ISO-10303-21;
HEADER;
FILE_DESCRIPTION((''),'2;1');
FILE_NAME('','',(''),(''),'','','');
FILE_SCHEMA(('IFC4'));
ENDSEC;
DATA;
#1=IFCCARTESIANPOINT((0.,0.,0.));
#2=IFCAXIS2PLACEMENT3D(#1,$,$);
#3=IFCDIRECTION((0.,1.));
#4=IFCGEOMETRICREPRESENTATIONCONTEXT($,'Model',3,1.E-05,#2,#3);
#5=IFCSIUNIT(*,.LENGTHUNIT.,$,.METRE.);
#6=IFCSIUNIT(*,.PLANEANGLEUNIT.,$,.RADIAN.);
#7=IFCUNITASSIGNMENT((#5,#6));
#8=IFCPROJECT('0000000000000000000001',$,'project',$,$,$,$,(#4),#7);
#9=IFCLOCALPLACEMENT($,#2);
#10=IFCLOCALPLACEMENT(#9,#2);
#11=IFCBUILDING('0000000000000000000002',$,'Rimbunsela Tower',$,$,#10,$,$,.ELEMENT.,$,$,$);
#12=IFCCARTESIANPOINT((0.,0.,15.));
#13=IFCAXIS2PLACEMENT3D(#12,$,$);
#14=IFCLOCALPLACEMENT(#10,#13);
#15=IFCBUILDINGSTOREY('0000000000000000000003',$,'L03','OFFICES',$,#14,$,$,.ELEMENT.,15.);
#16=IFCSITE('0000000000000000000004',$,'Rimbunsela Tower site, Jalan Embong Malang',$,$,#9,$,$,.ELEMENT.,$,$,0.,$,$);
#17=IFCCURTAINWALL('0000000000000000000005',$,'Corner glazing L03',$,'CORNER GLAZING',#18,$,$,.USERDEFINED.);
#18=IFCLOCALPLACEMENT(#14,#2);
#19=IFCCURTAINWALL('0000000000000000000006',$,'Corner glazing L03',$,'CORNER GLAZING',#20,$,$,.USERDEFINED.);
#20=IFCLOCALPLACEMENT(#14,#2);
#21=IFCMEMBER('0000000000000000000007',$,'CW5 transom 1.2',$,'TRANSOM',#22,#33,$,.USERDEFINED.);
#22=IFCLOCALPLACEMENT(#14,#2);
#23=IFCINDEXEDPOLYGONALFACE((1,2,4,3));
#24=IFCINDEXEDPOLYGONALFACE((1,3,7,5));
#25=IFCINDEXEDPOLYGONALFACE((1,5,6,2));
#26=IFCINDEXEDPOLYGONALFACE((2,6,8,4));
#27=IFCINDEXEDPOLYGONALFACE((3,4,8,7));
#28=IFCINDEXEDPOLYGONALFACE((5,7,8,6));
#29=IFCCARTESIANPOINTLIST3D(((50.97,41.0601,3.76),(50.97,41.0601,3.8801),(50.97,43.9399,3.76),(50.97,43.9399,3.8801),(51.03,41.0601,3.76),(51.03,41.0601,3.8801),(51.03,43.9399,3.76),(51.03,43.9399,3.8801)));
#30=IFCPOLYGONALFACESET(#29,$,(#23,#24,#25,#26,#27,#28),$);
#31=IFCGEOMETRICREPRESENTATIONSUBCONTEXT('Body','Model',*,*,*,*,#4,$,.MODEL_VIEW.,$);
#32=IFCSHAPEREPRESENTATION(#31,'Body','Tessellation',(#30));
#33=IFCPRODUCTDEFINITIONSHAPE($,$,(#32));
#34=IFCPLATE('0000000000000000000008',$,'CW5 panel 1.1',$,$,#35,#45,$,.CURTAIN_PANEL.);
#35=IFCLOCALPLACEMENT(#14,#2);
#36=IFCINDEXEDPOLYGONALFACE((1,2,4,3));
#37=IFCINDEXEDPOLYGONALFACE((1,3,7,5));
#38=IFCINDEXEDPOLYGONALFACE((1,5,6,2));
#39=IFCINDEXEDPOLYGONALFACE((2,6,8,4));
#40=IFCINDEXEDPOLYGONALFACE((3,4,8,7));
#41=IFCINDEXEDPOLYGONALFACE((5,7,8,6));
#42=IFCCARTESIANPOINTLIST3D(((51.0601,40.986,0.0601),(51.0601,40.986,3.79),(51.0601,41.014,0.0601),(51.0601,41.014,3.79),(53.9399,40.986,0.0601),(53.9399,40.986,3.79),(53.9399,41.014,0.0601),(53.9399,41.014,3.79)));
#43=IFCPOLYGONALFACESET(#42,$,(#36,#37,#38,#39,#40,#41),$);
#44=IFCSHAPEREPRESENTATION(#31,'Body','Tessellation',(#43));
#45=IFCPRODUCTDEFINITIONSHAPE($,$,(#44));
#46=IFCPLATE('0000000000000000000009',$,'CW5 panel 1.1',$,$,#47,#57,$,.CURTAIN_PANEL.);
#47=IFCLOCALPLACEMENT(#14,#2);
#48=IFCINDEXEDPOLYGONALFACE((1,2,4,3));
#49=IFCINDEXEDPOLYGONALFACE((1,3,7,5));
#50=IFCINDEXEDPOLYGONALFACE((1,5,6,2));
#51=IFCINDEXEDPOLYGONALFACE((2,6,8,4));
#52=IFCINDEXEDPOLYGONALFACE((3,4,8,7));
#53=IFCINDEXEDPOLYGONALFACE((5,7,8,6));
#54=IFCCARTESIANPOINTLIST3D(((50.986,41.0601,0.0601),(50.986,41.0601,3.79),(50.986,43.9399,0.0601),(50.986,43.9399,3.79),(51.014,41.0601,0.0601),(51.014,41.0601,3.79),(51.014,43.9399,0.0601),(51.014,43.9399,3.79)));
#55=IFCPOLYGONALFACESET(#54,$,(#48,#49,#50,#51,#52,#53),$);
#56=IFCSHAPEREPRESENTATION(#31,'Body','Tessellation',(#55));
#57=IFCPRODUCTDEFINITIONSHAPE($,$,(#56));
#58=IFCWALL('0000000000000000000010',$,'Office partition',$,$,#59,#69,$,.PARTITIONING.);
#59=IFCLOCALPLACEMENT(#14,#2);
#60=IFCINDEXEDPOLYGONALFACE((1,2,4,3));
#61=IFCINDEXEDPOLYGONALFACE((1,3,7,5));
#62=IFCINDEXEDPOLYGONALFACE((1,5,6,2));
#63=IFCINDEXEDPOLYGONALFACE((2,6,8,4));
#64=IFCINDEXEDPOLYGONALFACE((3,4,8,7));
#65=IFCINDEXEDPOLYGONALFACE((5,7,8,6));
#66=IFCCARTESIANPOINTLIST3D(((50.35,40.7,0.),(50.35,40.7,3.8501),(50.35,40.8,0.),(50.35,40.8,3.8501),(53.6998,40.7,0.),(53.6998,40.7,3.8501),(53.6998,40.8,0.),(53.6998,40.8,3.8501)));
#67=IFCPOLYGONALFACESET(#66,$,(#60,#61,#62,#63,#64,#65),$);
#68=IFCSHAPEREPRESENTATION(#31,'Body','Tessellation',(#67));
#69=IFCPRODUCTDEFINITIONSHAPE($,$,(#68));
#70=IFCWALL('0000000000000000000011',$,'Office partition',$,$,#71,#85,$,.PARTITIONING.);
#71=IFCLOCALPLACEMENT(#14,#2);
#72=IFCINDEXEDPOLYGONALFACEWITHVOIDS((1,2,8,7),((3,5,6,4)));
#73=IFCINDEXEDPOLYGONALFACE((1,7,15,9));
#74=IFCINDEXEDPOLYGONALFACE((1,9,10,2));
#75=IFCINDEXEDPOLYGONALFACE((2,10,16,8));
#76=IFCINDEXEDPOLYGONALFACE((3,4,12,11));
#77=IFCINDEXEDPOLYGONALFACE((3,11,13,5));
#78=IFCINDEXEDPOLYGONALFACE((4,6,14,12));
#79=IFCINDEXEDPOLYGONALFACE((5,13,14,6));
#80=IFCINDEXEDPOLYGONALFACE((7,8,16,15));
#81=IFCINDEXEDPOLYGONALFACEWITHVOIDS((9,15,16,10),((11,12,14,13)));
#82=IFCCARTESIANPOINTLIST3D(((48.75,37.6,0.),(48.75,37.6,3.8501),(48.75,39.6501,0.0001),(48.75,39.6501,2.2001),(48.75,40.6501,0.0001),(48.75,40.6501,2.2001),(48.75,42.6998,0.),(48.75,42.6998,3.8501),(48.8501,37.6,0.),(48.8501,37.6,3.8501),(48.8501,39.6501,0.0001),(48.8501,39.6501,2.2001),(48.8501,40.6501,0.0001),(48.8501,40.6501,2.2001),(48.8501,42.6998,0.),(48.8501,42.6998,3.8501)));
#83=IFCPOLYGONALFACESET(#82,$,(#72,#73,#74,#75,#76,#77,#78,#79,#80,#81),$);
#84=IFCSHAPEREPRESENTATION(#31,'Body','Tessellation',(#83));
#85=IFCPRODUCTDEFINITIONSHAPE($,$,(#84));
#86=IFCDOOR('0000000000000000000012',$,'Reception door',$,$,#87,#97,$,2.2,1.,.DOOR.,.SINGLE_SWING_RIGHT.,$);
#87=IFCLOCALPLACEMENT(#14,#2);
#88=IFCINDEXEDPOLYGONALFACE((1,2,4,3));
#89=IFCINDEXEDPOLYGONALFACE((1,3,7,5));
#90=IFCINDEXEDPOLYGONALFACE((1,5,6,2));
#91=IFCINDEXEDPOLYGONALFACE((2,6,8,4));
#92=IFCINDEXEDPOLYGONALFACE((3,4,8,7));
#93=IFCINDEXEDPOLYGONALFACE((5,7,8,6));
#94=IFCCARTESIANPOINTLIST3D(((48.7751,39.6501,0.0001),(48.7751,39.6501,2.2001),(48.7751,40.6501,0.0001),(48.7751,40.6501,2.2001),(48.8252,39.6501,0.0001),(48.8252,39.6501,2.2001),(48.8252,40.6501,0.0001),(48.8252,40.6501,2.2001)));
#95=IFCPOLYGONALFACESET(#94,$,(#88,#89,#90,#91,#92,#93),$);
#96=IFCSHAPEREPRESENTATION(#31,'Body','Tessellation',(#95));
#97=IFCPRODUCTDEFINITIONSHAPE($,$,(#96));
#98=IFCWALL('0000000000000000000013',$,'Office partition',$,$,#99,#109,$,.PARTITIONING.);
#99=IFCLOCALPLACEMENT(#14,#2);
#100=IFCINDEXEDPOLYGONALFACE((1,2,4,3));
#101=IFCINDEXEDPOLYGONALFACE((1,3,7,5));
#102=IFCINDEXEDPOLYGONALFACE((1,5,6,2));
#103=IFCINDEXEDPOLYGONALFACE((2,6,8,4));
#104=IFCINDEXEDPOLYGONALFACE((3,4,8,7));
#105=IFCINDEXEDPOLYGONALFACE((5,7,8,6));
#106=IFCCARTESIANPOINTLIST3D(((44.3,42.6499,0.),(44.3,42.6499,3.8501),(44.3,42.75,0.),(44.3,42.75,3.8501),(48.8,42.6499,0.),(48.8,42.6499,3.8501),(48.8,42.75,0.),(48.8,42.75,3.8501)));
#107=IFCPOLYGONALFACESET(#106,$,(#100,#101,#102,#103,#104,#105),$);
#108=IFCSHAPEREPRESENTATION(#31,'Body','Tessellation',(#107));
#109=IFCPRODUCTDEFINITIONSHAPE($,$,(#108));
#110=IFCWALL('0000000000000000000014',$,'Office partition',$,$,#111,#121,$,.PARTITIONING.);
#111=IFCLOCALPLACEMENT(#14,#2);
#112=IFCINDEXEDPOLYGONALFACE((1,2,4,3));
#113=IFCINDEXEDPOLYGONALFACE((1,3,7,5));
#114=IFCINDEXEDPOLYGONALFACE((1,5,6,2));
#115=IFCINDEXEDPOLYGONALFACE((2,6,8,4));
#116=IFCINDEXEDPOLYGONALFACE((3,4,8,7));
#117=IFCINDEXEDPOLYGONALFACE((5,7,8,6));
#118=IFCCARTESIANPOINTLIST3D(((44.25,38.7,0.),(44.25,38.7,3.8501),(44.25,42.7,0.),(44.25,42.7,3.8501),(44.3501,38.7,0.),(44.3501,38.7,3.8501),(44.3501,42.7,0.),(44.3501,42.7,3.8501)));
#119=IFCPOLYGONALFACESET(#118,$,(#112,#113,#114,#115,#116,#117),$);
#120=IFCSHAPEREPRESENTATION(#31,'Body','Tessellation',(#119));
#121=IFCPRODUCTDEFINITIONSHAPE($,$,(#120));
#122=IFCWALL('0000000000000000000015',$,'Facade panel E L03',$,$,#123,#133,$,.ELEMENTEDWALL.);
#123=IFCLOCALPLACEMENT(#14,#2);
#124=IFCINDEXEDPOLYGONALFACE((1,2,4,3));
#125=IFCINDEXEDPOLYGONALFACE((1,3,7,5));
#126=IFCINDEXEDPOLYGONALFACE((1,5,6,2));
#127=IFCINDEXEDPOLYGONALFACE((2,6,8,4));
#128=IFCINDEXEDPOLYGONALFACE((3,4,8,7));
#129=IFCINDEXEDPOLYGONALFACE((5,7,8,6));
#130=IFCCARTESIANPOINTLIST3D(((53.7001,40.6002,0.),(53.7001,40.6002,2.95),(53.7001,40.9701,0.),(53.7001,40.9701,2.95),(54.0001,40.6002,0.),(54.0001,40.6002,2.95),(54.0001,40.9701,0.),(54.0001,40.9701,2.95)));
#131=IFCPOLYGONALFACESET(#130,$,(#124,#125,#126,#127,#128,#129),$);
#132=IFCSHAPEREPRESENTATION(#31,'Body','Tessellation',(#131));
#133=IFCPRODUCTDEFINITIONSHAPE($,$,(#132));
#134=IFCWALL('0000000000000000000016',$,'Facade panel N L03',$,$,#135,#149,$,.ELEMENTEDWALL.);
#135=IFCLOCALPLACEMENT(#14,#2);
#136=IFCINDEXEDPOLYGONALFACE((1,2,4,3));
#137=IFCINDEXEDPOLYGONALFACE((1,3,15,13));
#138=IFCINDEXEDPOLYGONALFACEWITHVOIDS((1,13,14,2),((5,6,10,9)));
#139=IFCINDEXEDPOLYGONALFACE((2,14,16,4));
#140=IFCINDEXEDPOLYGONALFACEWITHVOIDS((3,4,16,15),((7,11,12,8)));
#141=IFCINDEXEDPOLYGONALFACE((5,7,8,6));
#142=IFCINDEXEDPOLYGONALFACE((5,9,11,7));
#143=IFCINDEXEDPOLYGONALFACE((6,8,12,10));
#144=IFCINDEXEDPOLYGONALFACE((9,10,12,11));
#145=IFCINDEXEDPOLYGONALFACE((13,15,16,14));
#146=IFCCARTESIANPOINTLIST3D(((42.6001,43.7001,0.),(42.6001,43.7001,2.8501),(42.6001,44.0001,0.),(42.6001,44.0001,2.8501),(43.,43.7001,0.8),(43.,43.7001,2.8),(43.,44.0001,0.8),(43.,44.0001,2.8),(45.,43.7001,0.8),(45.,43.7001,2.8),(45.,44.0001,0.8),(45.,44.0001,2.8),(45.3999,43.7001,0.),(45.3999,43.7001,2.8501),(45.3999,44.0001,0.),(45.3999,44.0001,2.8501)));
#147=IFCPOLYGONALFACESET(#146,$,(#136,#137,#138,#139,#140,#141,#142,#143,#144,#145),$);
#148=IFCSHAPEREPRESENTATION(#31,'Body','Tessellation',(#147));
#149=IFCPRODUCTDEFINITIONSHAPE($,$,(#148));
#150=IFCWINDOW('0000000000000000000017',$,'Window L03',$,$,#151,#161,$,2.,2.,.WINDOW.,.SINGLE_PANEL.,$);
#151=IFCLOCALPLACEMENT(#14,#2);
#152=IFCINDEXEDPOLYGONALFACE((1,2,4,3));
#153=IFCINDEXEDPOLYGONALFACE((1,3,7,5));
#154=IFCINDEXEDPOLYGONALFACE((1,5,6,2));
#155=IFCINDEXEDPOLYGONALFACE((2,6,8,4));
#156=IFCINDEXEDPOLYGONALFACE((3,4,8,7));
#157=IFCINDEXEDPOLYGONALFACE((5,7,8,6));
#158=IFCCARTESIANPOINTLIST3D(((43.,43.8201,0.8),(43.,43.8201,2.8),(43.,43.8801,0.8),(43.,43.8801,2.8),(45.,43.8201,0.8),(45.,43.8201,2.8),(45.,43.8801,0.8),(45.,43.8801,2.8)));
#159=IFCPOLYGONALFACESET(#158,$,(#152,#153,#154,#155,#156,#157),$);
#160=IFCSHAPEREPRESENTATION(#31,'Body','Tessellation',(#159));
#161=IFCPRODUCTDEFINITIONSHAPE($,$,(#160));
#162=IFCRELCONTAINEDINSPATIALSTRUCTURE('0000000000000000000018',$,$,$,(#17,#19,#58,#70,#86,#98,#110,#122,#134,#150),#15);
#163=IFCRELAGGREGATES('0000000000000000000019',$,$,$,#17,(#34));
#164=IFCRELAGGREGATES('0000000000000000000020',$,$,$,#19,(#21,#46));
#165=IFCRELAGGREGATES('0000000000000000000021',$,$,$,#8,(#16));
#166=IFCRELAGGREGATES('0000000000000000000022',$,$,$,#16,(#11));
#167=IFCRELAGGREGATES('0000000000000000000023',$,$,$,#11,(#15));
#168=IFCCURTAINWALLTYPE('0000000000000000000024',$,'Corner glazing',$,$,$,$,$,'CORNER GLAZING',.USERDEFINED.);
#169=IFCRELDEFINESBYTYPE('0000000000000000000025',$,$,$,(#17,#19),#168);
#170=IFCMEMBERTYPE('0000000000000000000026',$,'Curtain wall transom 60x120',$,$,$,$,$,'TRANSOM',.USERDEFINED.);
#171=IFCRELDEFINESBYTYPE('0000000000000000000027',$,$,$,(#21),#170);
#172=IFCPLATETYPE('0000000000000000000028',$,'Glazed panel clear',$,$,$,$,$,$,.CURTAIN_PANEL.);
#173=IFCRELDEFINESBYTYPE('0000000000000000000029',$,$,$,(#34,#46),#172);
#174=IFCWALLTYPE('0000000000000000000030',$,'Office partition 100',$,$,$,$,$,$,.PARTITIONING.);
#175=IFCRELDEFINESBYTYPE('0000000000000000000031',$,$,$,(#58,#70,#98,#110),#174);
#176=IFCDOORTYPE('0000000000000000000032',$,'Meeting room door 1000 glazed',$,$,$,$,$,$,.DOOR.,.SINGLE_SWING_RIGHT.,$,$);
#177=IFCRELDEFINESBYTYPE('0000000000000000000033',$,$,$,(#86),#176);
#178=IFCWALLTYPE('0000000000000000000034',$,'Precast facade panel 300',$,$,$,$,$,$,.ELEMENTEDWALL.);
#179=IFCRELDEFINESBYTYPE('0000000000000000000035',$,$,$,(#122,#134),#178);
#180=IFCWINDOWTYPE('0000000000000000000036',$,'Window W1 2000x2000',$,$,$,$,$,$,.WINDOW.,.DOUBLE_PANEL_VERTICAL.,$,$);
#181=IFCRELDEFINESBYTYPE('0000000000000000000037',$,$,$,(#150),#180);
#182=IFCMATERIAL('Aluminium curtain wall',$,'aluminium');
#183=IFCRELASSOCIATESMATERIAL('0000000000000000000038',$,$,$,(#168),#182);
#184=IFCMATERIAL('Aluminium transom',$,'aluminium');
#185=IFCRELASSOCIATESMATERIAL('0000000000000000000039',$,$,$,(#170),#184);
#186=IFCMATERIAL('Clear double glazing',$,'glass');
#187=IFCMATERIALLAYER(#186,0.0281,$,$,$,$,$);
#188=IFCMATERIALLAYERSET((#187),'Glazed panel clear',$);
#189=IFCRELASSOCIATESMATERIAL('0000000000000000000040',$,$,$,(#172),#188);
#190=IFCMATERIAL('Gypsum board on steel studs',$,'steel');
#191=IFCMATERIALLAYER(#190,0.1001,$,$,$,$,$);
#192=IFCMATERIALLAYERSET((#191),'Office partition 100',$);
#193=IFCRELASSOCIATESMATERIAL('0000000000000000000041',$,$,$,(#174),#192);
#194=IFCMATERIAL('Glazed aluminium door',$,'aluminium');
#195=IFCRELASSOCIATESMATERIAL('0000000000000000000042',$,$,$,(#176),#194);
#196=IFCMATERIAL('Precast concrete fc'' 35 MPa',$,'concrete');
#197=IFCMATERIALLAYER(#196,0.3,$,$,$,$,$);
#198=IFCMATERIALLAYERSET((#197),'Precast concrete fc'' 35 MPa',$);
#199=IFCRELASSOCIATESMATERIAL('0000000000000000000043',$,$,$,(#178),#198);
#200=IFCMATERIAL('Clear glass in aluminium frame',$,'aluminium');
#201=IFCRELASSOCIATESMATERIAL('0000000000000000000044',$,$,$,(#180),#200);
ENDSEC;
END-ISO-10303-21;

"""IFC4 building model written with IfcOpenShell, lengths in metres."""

from ifc_helpers import new_model, si_unit, direction, frame, frame_2d, origin, origin_2d, place, context, subcontext, project, spatial, rectangle, extrude, material, layer, layer_set, material_profile, profile_set, type_object, element, fill, aggregate, save


model = new_model("IFC4")

# Units and contexts
model_context = context("Model", 3, precision=1e-05, world=origin(), true_north=direction((0.0, 1.0)))
body_context = subcontext(model_context, "Body", "Model", "MODEL_VIEW")
ifc_project = project(units=[si_unit("LENGTHUNIT", "METRE"), si_unit("PLANEANGLEUNIT", "RADIAN")], contexts=[model_context])

# Site, building, storey
site_placement = place(None, origin())
site = spatial("IfcSite", under=ifc_project, at=site_placement, Name="Rimbunsela Tower site, Jalan Embong Malang", CompositionType="ELEMENT", RefElevation=0.0)
building_placement = place(site_placement, origin())
building = spatial("IfcBuilding", under=site, at=building_placement, Name="Rimbunsela Tower", CompositionType="ELEMENT")
storey_placement = place(building_placement, frame((0.0, 0.0, 15.0)))
storey = spatial("IfcBuildingStorey", under=building, at=storey_placement, Name="L03", Description="OFFICES", CompositionType="ELEMENT", Elevation=15.0)

# Curtain walls
ifc_material_1 = material(Name="Aluminium curtain wall", Category="aluminium")
curtain_wall_type = type_object("IfcCurtainWallType", Name="Corner glazing", ElementType="CORNER GLAZING", PredefinedType="USERDEFINED", material=ifc_material_1)
curtain_wall_1_placement = place(storey_placement, origin())
curtain_wall_1 = element("IfcCurtainWall", 1, at=curtain_wall_1_placement, inside=storey, type_object=curtain_wall_type, Name="Corner glazing L03", ObjectType="CORNER GLAZING", PredefinedType="USERDEFINED")
curtain_wall_2_placement = place(storey_placement, origin())
curtain_wall_2 = element("IfcCurtainWall", 2, at=curtain_wall_2_placement, inside=storey, type_object=curtain_wall_type, Name="Corner glazing L03", ObjectType="CORNER GLAZING", PredefinedType="USERDEFINED")

# Member
ifc_material_2 = material(Name="Aluminium transom", Category="aluminium")
ifc_material_profile_1 = material_profile(ifc_material_2, rectangle(XDim=0.0601, YDim=0.1201, at=origin_2d()), Name="Transom 60x120")
ifc_profile_set_1 = profile_set([ifc_material_profile_1], Name="Aluminium transom")
member_type_1 = type_object("IfcMemberType", Name="Curtain wall transom 60x120", ElementType="TRANSOM", PredefinedType="USERDEFINED", material=ifc_profile_set_1)
member_1_placement = place(storey_placement, frame((51.0, 41.0601, 3.8201), z_axis=(0.0, 1.0, 0.0), x_axis=(-1.0, 0.0, 0.0)))
member_1 = element("IfcMember", 3, at=member_1_placement, type_object=member_type_1, Name="CW5 transom 1.2", ObjectType="TRANSOM", PredefinedType="USERDEFINED", context=body_context, shape_type="SweptSolid", body=[
    extrude(rectangle(XDim=0.0601, YDim=0.1201, at=origin_2d()), origin(), (0.0, 0.0, 1.0), 2.8799),
])

# Plates
ifc_material_3 = material(Name="Clear double glazing", Category="glass")
ifc_layer_1 = layer(ifc_material_3, 0.0281)
ifc_layer_set_1 = layer_set([ifc_layer_1], Name="Glazed panel clear")
plate_type = type_object("IfcPlateType", Name="Glazed panel clear", PredefinedType="CURTAIN_PANEL", material=ifc_layer_set_1)
plate_1_placement = place(storey_placement, frame((52.5, 41.0, 0.0601), z_axis=(0.0, 0.0, 1.0), x_axis=(-1.0, 0.0, 0.0)))
plate_1 = element("IfcPlate", 4, at=plate_1_placement, type_object=plate_type, Name="CW5 panel 1.1", PredefinedType="CURTAIN_PANEL", context=body_context, shape_type="SweptSolid", body=[
    extrude(rectangle(XDim=2.8799, YDim=0.0281, at=origin_2d()), origin(), (0.0, 0.0, 1.0), 3.73),
])
aggregate(curtain_wall_1, [plate_1])
plate_2_placement = place(storey_placement, frame((51.0, 42.5, 0.0601), z_axis=(0.0, 0.0, 1.0), x_axis=(0.0, 1.0, 0.0)))
plate_2 = element("IfcPlate", 5, at=plate_2_placement, type_object=plate_type, Name="CW5 panel 1.1", PredefinedType="CURTAIN_PANEL", context=body_context, shape_type="SweptSolid", body=[
    extrude(rectangle(XDim=2.8799, YDim=0.0281, at=origin_2d()), origin(), (0.0, 0.0, 1.0), 3.73),
])
aggregate(curtain_wall_2, [member_1, plate_2])

# Wall
ifc_material_4 = material(Name="Gypsum board on steel studs", Category="steel")
ifc_layer_2 = layer(ifc_material_4, 0.1001)
ifc_layer_set_2 = layer_set([ifc_layer_2], Name="Office partition 100")
wall_type_1 = type_object("IfcWallType", Name="Office partition 100", PredefinedType="PARTITIONING", material=ifc_layer_set_2)
wall_1_placement = place(storey_placement, frame((50.3501, 40.75, 0.0), z_axis=(0.0, 0.0, 1.0), x_axis=(1.0, 0.0, 0.0)))
element("IfcWall", 6, at=wall_1_placement, inside=storey, type_object=wall_type_1, Name="Office partition", PredefinedType="PARTITIONING", context=body_context, shape_type="SweptSolid", body=[
    extrude(rectangle(XDim=3.3499, YDim=0.1001, at=frame_2d((1.6748, 0.0))), origin(), (0.0, 0.0, 1.0), 3.8501),
])

# Wall, opening, door
wall_2_placement = place(storey_placement, frame((48.8, 37.6001, 0.0), z_axis=(0.0, 0.0, 1.0), x_axis=(0.0, 1.0, 0.0)))
wall_2 = element("IfcWall", 7, at=wall_2_placement, inside=storey, type_object=wall_type_1, Name="Office partition", PredefinedType="PARTITIONING", context=body_context, shape_type="SweptSolid", body=[
    extrude(rectangle(XDim=5.0999, YDim=0.1001, at=frame_2d((2.5498, 0.0))), origin(), (0.0, 0.0, 1.0), 3.8501),
])
opening_1_placement = place(wall_2_placement, frame((2.05, 0.0, 0.0)))
opening_1 = element("IfcOpeningElement", 8, at=opening_1_placement, cuts=wall_2, PredefinedType="OPENING", context=body_context, shape_type="SweptSolid", body=[
    extrude(rectangle(XDim=1.0, YDim=2.2, at=frame_2d((0.5, 1.1001))), frame((0.0, 0.0601, 0.0), z_axis=(0.0, -1.0, 0.0), x_axis=(1.0, 0.0, 0.0)), (0.0, 0.0, 1.0), 0.1201),
])
ifc_material_5 = material(Name="Glazed aluminium door", Category="aluminium")
door_type = type_object("IfcDoorType", Name="Meeting room door 1000 glazed", OperationType="SINGLE_SWING_RIGHT", PredefinedType="DOOR", material=ifc_material_5)
door_placement = place(opening_1_placement, origin())
door = element("IfcDoor", 9, at=door_placement, inside=storey, type_object=door_type, Name="Reception door", OperationType="SINGLE_SWING_RIGHT", OverallHeight=2.2, OverallWidth=1.0, PredefinedType="DOOR", context=body_context, shape_type="SweptSolid", body=[
    extrude(rectangle(XDim=1.0, YDim=2.2, at=frame_2d((0.5, 1.1001))), frame((0.0, 0.0249, 0.0), z_axis=(0.0, -1.0, 0.0), x_axis=(1.0, 0.0, 0.0)), (0.0, 0.0, 1.0), 0.05),
])
fill(opening_1, door)

# Walls
wall_3_placement = place(storey_placement, frame((48.8, 42.7, 0.0), z_axis=(0.0, 0.0, 1.0), x_axis=(-1.0, 0.0, 0.0)))
element("IfcWall", 10, at=wall_3_placement, inside=storey, type_object=wall_type_1, Name="Office partition", PredefinedType="PARTITIONING", context=body_context, shape_type="SweptSolid", body=[
    extrude(rectangle(XDim=4.5, YDim=0.1001, at=frame_2d((2.25, 0.0))), origin(), (0.0, 0.0, 1.0), 3.8501),
])
wall_4_placement = place(storey_placement, frame((44.3, 42.7, 0.0), z_axis=(0.0, 0.0, 1.0), x_axis=(0.0, -1.0, 0.0)))
element("IfcWall", 11, at=wall_4_placement, inside=storey, type_object=wall_type_1, Name="Office partition", PredefinedType="PARTITIONING", context=body_context, shape_type="SweptSolid", body=[
    extrude(rectangle(XDim=4.0, YDim=0.1001, at=frame_2d((2.0, 0.0))), origin(), (0.0, 0.0, 1.0), 3.8501),
])
ifc_material_6 = material(Name="Precast concrete fc' 35 MPa", Category="concrete")
ifc_layer_3 = layer(ifc_material_6, 0.3)
ifc_layer_set_3 = layer_set([ifc_layer_3], Name="Precast concrete fc' 35 MPa")
wall_type_2 = type_object("IfcWallType", Name="Precast facade panel 300", PredefinedType="ELEMENTEDWALL", material=ifc_layer_set_3)
wall_5_placement = place(storey_placement, frame((53.8501, 40.6001, 0.0), z_axis=(0.0, 0.0, 1.0), x_axis=(0.0, 1.0, 0.0)))
element("IfcWall", 12, at=wall_5_placement, inside=storey, type_object=wall_type_2, Name="Facade panel E L03", PredefinedType="ELEMENTEDWALL", context=body_context, shape_type="SweptSolid", body=[
    extrude(rectangle(XDim=0.3699, YDim=0.3, at=frame_2d((0.1851, 0.0))), origin(), (0.0, 0.0, 1.0), 2.95),
])

# Wall, opening, window
wall_6_placement = place(storey_placement, frame((45.3999, 43.8501, 0.0), z_axis=(0.0, 0.0, 1.0), x_axis=(-1.0, 0.0, 0.0)))
wall_6 = element("IfcWall", 13, at=wall_6_placement, inside=storey, type_object=wall_type_2, Name="Facade panel N L03", PredefinedType="ELEMENTEDWALL", context=body_context, shape_type="SweptSolid", body=[
    extrude(rectangle(XDim=2.7998, YDim=0.3, at=frame_2d((1.3999, 0.0))), origin(), (0.0, 0.0, 1.0), 2.8501),
])
opening_2_placement = place(wall_6_placement, frame((0.3999, 0.0, 0.8)))
opening_2 = element("IfcOpeningElement", 14, at=opening_2_placement, cuts=wall_6, PredefinedType="OPENING", context=body_context, shape_type="SweptSolid", body=[
    extrude(rectangle(XDim=2.0, YDim=2.0, at=frame_2d((1.0, 1.0))), frame((0.0, 0.1599, 0.0), z_axis=(0.0, -1.0, 0.0), x_axis=(1.0, 0.0, 0.0)), (0.0, 0.0, 1.0), 0.3201),
])
ifc_material_7 = material(Name="Clear glass in aluminium frame", Category="aluminium")
window_type = type_object("IfcWindowType", Name="Window W1 2000x2000", PartitioningType="DOUBLE_PANEL_VERTICAL", PredefinedType="WINDOW", material=ifc_material_7)
window_1_placement = place(opening_2_placement, origin())
window_1 = element("IfcWindow", 15, at=window_1_placement, inside=storey, type_object=window_type, Name="Window L03", OverallHeight=2.0, OverallWidth=2.0, PartitioningType="SINGLE_PANEL", PredefinedType="WINDOW", context=body_context, shape_type="SweptSolid", body=[
    extrude(rectangle(XDim=2.0, YDim=2.0, at=frame_2d((1.0, 1.0))), frame((0.0, 0.03, 0.0), z_axis=(0.0, -1.0, 0.0), x_axis=(1.0, 0.0, 0.0)), (0.0, 0.0, 1.0), 0.0601),
])
fill(opening_2, window_1)

save(model, "model.ifc")
